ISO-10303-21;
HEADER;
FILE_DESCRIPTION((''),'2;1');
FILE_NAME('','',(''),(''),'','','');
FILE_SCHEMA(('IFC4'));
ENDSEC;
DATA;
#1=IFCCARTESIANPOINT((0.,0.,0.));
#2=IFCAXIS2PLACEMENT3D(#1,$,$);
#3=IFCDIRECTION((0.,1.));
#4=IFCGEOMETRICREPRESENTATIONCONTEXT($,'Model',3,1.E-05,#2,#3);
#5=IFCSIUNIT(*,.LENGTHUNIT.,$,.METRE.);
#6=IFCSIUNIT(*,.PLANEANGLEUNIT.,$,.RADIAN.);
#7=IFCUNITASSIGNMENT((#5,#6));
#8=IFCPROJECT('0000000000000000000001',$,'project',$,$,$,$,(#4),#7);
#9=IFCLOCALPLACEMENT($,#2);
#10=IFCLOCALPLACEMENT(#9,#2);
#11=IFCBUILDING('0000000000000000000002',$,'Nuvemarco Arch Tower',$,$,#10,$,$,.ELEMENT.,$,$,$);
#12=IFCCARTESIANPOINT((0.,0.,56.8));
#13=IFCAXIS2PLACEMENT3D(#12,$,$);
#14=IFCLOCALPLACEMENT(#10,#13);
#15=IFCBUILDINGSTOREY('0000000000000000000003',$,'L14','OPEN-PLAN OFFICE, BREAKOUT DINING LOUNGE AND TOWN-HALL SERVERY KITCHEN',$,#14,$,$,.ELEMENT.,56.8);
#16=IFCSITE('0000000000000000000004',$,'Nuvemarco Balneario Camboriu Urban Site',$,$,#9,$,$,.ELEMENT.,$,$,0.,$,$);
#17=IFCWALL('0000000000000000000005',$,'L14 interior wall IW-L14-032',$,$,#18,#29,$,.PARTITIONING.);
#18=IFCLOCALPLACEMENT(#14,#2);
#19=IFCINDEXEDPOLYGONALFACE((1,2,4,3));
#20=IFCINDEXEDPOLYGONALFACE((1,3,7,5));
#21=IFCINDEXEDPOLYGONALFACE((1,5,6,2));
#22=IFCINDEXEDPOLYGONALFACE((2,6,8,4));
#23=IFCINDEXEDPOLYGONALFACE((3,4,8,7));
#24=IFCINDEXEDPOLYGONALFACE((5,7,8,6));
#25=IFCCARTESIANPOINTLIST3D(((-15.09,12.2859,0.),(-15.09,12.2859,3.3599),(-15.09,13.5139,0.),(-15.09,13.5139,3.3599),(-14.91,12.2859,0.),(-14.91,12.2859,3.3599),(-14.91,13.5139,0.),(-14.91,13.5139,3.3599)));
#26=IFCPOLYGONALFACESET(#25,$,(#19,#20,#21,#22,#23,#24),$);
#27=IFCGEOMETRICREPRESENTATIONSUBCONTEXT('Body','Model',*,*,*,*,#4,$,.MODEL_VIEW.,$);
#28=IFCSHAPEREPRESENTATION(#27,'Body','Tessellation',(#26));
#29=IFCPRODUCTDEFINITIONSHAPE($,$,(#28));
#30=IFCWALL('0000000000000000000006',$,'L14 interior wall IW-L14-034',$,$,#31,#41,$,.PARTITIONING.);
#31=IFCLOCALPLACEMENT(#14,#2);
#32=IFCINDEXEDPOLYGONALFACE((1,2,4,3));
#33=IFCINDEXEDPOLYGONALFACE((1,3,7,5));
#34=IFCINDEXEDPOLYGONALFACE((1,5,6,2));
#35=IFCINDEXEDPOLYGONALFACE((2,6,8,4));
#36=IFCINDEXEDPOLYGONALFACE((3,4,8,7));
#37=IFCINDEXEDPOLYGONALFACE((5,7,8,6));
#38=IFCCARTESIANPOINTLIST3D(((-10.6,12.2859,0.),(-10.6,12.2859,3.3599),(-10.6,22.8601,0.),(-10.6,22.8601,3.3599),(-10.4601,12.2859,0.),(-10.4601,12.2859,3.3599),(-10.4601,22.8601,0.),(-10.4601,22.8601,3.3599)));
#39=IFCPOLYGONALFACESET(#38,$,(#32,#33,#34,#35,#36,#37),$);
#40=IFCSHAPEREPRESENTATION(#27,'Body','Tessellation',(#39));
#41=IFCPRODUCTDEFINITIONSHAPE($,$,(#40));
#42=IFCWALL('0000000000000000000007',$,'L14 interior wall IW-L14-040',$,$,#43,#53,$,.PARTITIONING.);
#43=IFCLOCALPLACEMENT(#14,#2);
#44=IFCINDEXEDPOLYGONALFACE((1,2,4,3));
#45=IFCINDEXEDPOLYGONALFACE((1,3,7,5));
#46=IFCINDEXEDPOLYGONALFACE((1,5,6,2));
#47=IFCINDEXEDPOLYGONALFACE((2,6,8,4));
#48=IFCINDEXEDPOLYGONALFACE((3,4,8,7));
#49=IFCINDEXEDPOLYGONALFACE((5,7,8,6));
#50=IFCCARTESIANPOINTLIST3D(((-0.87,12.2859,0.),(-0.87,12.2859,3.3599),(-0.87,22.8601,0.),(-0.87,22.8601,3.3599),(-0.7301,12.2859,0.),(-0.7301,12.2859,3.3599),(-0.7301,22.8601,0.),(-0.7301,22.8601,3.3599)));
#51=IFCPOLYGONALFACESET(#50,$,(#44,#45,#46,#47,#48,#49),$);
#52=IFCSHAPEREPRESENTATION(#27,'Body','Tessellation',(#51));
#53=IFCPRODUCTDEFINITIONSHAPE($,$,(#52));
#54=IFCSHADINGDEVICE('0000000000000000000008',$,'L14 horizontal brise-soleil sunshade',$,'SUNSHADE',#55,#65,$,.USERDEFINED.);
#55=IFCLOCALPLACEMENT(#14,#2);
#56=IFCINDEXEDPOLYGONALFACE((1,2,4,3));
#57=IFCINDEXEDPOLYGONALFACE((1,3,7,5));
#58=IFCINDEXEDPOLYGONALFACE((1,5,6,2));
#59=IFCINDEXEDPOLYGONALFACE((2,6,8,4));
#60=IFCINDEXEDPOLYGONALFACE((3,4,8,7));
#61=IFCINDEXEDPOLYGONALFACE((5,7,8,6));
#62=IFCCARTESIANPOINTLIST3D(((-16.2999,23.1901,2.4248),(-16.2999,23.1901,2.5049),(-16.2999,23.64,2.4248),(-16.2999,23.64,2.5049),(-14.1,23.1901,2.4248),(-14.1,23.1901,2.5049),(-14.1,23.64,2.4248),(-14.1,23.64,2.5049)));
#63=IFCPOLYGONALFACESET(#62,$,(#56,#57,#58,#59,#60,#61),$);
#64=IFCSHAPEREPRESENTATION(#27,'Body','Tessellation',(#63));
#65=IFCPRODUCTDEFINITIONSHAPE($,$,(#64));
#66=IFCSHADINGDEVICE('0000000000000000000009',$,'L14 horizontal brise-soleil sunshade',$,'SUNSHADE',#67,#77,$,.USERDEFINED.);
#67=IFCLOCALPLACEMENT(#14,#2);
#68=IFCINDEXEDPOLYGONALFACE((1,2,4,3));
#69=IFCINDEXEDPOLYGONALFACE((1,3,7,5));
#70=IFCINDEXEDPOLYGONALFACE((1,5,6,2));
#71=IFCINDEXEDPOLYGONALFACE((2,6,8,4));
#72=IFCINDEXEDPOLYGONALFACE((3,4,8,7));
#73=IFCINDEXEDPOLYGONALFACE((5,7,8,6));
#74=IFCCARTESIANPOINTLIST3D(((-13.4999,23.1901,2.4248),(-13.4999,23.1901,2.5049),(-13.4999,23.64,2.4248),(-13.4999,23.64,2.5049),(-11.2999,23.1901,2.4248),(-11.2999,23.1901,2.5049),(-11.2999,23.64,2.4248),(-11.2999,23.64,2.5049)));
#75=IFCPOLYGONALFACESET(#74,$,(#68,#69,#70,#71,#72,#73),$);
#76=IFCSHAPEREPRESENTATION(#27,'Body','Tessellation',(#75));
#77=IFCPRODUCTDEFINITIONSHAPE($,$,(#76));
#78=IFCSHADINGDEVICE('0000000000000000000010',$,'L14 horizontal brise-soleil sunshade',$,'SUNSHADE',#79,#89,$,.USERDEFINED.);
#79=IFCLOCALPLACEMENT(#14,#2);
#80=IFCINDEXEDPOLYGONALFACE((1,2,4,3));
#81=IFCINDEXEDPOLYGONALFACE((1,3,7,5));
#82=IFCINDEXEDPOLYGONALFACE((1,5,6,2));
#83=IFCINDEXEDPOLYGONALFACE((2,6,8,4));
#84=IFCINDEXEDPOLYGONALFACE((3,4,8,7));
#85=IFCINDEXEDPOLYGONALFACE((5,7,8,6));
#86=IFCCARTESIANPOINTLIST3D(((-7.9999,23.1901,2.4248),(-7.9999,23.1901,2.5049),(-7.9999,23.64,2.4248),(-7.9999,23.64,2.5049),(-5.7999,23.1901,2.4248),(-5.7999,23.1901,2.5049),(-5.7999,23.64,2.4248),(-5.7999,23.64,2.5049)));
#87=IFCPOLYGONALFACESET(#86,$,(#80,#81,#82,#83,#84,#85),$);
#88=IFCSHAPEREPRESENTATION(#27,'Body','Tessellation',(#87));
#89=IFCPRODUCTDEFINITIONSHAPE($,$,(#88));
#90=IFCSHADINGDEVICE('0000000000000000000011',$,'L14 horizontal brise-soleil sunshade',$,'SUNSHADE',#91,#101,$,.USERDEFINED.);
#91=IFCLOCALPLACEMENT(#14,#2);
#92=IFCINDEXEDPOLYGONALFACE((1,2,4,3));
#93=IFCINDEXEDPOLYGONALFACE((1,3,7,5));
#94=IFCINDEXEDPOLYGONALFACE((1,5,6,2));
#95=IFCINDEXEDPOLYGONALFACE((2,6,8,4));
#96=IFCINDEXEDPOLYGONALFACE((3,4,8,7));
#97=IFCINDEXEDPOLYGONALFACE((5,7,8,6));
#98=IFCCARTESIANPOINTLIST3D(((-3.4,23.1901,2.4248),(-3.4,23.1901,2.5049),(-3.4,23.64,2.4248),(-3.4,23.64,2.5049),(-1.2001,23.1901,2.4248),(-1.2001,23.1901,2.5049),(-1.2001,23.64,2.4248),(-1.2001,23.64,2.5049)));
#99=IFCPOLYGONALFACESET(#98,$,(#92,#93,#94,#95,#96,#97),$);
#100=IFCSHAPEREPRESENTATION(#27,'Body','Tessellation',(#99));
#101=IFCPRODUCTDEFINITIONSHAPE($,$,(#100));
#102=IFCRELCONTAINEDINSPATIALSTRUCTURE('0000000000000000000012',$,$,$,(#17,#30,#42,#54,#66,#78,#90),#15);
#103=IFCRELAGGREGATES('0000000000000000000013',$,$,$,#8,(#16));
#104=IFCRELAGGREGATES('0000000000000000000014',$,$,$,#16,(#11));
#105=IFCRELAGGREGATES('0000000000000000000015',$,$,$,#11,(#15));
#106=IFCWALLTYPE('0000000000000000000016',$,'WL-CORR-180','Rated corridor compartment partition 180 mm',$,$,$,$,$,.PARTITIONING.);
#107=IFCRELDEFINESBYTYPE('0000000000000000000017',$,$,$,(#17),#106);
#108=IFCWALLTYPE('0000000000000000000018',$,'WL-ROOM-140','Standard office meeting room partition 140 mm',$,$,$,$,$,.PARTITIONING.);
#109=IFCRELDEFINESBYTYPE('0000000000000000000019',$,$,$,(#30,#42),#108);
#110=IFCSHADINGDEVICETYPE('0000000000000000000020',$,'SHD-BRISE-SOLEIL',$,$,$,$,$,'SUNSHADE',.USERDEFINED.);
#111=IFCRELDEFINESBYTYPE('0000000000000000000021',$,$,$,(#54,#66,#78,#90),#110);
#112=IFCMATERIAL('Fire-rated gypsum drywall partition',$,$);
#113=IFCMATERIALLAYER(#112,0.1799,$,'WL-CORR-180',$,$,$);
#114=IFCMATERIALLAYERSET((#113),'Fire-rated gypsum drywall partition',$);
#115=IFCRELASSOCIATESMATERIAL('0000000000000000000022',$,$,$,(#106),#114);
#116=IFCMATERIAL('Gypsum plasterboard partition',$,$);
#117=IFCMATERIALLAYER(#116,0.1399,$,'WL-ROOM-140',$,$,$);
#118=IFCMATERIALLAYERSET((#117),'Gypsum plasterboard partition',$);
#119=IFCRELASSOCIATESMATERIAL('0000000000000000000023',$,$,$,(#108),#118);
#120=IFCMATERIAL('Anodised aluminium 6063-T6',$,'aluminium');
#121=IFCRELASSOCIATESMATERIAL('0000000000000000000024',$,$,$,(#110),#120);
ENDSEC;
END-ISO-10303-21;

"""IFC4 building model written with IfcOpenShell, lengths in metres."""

from ifc_helpers import new_model, si_unit, direction, frame, frame_2d, origin, origin_2d, place, context, subcontext, project, spatial, rectangle, extrude, source, transform, mapped, material, layer, layer_set, type_object, type_shapes, element, save


model = new_model("IFC4")

# Units and contexts
model_context = context("Model", 3, precision=1e-05, world=origin(), true_north=direction((0.0, 1.0)))
body_context = subcontext(model_context, "Body", "Model", "MODEL_VIEW")
ifc_project = project(units=[si_unit("LENGTHUNIT", "METRE"), si_unit("PLANEANGLEUNIT", "RADIAN")], contexts=[model_context])

# Site, building, storey
site_placement = place(None, origin())
site = spatial("IfcSite", under=ifc_project, at=site_placement, Name="Nuvemarco Balneario Camboriu Urban Site", CompositionType="ELEMENT", RefElevation=0.0)
building_placement = place(site_placement, origin())
building = spatial("IfcBuilding", under=site, at=building_placement, Name="Nuvemarco Arch Tower", CompositionType="ELEMENT")
storey_placement = place(building_placement, frame((0.0, 0.0, 56.8)))
storey = spatial("IfcBuildingStorey", under=building, at=storey_placement, Name="L14", Description="OPEN-PLAN OFFICE, BREAKOUT DINING LOUNGE AND TOWN-HALL SERVERY KITCHEN", CompositionType="ELEMENT", Elevation=56.8)

# Shared definitions
ifc_material_1 = material(Name="Fire-rated gypsum drywall partition")
ifc_layer_1 = layer(ifc_material_1, 0.1799, Name="WL-CORR-180")
ifc_layer_set_1 = layer_set([ifc_layer_1], Name="Fire-rated gypsum drywall partition")
wall_type_1 = type_object("IfcWallType", Name="WL-CORR-180", Description="Rated corridor compartment partition 180 mm", PredefinedType="PARTITIONING", material=ifc_layer_set_1)

# Walls
wall_1_placement = place(storey_placement, frame((-15.0, 12.2859, 0.0), z_axis=(0.0, 0.0, 1.0), x_axis=(0.0, 1.0, 0.0)))
element("IfcWall", 1, at=wall_1_placement, inside=storey, type_object=wall_type_1, Name="L14 interior wall IW-L14-032", PredefinedType="PARTITIONING", context=body_context, shape_type="SweptSolid", body=[
    extrude(rectangle(XDim=1.228, YDim=0.1799, at=frame_2d((0.614, 0.0))), origin(), (0.0, 0.0, 1.0), 3.3599),
])
ifc_material_2 = material(Name="Gypsum plasterboard partition")
ifc_layer_2 = layer(ifc_material_2, 0.1399, Name="WL-ROOM-140")
ifc_layer_set_2 = layer_set([ifc_layer_2], Name="Gypsum plasterboard partition")
wall_type_2 = type_object("IfcWallType", Name="WL-ROOM-140", Description="Standard office meeting room partition 140 mm", PredefinedType="PARTITIONING", material=ifc_layer_set_2)
for number, where, z_axis, x_axis, name in (
    (2, (-10.53, 12.2859, 0.0), (0.0, 0.0, 1.0), (0.0, 1.0, 0.0), "L14 interior wall IW-L14-034"),
    (3, (-0.8, 12.2859, 0.0), (0.0, 0.0, 1.0), (0.0, 1.0, 0.0), "L14 interior wall IW-L14-040"),
):
    element("IfcWall", number, at=place(storey_placement, frame(where, z_axis=z_axis, x_axis=x_axis)), inside=storey, type_object=wall_type_2, Name=name, PredefinedType="PARTITIONING", context=body_context, shape_type="SweptSolid", body=[
        extrude(rectangle(XDim=10.5742, YDim=0.1399, at=frame_2d((5.2871, 0.0))), origin(), (0.0, 0.0, 1.0), 3.3599),
    ])

# Shading devices
ifc_material_3 = material(Name="Anodised aluminium 6063-T6", Category="aluminium")
shading_device_type = type_object("IfcShadingDeviceType", Name="SHD-BRISE-SOLEIL", ElementType="SUNSHADE", PredefinedType="USERDEFINED", material=ifc_material_3)
shared_shape_1 = source(origin(), body_context, "Body", "SweptSolid", [
    extrude(rectangle(XDim=2.2, YDim=0.45, at=origin_2d()), origin(), (0.0, 0.0, 1.0), 0.0801),
])
type_shapes(shading_device_type, [shared_shape_1])
for number, where, z_axis, x_axis, name in (
    (4, (-15.2, 23.415, 2.4248), (0.0, 0.0, 1.0), (1.0, 0.0, 0.0), "L14 horizontal brise-soleil sunshade"),
    (5, (-12.3999, 23.415, 2.4248), (0.0, 0.0, 1.0), (1.0, 0.0, 0.0), "L14 horizontal brise-soleil sunshade"),
    (6, (-6.8999, 23.415, 2.4248), (0.0, 0.0, 1.0), (1.0, 0.0, 0.0), "L14 horizontal brise-soleil sunshade"),
    (7, (-2.3, 23.415, 2.4248), (0.0, 0.0, 1.0), (1.0, 0.0, 0.0), "L14 horizontal brise-soleil sunshade"),
):
    element("IfcShadingDevice", number, at=place(storey_placement, frame(where, z_axis=z_axis, x_axis=x_axis)), inside=storey, type_object=shading_device_type, Name=name, ObjectType="SUNSHADE", PredefinedType="USERDEFINED", context=body_context, shape_type="MappedRepresentation", body=[
        mapped(shared_shape_1, transform((0.0, 0.0, 0.0), scale=1.0)),
    ])

save(model, "model.ifc")
